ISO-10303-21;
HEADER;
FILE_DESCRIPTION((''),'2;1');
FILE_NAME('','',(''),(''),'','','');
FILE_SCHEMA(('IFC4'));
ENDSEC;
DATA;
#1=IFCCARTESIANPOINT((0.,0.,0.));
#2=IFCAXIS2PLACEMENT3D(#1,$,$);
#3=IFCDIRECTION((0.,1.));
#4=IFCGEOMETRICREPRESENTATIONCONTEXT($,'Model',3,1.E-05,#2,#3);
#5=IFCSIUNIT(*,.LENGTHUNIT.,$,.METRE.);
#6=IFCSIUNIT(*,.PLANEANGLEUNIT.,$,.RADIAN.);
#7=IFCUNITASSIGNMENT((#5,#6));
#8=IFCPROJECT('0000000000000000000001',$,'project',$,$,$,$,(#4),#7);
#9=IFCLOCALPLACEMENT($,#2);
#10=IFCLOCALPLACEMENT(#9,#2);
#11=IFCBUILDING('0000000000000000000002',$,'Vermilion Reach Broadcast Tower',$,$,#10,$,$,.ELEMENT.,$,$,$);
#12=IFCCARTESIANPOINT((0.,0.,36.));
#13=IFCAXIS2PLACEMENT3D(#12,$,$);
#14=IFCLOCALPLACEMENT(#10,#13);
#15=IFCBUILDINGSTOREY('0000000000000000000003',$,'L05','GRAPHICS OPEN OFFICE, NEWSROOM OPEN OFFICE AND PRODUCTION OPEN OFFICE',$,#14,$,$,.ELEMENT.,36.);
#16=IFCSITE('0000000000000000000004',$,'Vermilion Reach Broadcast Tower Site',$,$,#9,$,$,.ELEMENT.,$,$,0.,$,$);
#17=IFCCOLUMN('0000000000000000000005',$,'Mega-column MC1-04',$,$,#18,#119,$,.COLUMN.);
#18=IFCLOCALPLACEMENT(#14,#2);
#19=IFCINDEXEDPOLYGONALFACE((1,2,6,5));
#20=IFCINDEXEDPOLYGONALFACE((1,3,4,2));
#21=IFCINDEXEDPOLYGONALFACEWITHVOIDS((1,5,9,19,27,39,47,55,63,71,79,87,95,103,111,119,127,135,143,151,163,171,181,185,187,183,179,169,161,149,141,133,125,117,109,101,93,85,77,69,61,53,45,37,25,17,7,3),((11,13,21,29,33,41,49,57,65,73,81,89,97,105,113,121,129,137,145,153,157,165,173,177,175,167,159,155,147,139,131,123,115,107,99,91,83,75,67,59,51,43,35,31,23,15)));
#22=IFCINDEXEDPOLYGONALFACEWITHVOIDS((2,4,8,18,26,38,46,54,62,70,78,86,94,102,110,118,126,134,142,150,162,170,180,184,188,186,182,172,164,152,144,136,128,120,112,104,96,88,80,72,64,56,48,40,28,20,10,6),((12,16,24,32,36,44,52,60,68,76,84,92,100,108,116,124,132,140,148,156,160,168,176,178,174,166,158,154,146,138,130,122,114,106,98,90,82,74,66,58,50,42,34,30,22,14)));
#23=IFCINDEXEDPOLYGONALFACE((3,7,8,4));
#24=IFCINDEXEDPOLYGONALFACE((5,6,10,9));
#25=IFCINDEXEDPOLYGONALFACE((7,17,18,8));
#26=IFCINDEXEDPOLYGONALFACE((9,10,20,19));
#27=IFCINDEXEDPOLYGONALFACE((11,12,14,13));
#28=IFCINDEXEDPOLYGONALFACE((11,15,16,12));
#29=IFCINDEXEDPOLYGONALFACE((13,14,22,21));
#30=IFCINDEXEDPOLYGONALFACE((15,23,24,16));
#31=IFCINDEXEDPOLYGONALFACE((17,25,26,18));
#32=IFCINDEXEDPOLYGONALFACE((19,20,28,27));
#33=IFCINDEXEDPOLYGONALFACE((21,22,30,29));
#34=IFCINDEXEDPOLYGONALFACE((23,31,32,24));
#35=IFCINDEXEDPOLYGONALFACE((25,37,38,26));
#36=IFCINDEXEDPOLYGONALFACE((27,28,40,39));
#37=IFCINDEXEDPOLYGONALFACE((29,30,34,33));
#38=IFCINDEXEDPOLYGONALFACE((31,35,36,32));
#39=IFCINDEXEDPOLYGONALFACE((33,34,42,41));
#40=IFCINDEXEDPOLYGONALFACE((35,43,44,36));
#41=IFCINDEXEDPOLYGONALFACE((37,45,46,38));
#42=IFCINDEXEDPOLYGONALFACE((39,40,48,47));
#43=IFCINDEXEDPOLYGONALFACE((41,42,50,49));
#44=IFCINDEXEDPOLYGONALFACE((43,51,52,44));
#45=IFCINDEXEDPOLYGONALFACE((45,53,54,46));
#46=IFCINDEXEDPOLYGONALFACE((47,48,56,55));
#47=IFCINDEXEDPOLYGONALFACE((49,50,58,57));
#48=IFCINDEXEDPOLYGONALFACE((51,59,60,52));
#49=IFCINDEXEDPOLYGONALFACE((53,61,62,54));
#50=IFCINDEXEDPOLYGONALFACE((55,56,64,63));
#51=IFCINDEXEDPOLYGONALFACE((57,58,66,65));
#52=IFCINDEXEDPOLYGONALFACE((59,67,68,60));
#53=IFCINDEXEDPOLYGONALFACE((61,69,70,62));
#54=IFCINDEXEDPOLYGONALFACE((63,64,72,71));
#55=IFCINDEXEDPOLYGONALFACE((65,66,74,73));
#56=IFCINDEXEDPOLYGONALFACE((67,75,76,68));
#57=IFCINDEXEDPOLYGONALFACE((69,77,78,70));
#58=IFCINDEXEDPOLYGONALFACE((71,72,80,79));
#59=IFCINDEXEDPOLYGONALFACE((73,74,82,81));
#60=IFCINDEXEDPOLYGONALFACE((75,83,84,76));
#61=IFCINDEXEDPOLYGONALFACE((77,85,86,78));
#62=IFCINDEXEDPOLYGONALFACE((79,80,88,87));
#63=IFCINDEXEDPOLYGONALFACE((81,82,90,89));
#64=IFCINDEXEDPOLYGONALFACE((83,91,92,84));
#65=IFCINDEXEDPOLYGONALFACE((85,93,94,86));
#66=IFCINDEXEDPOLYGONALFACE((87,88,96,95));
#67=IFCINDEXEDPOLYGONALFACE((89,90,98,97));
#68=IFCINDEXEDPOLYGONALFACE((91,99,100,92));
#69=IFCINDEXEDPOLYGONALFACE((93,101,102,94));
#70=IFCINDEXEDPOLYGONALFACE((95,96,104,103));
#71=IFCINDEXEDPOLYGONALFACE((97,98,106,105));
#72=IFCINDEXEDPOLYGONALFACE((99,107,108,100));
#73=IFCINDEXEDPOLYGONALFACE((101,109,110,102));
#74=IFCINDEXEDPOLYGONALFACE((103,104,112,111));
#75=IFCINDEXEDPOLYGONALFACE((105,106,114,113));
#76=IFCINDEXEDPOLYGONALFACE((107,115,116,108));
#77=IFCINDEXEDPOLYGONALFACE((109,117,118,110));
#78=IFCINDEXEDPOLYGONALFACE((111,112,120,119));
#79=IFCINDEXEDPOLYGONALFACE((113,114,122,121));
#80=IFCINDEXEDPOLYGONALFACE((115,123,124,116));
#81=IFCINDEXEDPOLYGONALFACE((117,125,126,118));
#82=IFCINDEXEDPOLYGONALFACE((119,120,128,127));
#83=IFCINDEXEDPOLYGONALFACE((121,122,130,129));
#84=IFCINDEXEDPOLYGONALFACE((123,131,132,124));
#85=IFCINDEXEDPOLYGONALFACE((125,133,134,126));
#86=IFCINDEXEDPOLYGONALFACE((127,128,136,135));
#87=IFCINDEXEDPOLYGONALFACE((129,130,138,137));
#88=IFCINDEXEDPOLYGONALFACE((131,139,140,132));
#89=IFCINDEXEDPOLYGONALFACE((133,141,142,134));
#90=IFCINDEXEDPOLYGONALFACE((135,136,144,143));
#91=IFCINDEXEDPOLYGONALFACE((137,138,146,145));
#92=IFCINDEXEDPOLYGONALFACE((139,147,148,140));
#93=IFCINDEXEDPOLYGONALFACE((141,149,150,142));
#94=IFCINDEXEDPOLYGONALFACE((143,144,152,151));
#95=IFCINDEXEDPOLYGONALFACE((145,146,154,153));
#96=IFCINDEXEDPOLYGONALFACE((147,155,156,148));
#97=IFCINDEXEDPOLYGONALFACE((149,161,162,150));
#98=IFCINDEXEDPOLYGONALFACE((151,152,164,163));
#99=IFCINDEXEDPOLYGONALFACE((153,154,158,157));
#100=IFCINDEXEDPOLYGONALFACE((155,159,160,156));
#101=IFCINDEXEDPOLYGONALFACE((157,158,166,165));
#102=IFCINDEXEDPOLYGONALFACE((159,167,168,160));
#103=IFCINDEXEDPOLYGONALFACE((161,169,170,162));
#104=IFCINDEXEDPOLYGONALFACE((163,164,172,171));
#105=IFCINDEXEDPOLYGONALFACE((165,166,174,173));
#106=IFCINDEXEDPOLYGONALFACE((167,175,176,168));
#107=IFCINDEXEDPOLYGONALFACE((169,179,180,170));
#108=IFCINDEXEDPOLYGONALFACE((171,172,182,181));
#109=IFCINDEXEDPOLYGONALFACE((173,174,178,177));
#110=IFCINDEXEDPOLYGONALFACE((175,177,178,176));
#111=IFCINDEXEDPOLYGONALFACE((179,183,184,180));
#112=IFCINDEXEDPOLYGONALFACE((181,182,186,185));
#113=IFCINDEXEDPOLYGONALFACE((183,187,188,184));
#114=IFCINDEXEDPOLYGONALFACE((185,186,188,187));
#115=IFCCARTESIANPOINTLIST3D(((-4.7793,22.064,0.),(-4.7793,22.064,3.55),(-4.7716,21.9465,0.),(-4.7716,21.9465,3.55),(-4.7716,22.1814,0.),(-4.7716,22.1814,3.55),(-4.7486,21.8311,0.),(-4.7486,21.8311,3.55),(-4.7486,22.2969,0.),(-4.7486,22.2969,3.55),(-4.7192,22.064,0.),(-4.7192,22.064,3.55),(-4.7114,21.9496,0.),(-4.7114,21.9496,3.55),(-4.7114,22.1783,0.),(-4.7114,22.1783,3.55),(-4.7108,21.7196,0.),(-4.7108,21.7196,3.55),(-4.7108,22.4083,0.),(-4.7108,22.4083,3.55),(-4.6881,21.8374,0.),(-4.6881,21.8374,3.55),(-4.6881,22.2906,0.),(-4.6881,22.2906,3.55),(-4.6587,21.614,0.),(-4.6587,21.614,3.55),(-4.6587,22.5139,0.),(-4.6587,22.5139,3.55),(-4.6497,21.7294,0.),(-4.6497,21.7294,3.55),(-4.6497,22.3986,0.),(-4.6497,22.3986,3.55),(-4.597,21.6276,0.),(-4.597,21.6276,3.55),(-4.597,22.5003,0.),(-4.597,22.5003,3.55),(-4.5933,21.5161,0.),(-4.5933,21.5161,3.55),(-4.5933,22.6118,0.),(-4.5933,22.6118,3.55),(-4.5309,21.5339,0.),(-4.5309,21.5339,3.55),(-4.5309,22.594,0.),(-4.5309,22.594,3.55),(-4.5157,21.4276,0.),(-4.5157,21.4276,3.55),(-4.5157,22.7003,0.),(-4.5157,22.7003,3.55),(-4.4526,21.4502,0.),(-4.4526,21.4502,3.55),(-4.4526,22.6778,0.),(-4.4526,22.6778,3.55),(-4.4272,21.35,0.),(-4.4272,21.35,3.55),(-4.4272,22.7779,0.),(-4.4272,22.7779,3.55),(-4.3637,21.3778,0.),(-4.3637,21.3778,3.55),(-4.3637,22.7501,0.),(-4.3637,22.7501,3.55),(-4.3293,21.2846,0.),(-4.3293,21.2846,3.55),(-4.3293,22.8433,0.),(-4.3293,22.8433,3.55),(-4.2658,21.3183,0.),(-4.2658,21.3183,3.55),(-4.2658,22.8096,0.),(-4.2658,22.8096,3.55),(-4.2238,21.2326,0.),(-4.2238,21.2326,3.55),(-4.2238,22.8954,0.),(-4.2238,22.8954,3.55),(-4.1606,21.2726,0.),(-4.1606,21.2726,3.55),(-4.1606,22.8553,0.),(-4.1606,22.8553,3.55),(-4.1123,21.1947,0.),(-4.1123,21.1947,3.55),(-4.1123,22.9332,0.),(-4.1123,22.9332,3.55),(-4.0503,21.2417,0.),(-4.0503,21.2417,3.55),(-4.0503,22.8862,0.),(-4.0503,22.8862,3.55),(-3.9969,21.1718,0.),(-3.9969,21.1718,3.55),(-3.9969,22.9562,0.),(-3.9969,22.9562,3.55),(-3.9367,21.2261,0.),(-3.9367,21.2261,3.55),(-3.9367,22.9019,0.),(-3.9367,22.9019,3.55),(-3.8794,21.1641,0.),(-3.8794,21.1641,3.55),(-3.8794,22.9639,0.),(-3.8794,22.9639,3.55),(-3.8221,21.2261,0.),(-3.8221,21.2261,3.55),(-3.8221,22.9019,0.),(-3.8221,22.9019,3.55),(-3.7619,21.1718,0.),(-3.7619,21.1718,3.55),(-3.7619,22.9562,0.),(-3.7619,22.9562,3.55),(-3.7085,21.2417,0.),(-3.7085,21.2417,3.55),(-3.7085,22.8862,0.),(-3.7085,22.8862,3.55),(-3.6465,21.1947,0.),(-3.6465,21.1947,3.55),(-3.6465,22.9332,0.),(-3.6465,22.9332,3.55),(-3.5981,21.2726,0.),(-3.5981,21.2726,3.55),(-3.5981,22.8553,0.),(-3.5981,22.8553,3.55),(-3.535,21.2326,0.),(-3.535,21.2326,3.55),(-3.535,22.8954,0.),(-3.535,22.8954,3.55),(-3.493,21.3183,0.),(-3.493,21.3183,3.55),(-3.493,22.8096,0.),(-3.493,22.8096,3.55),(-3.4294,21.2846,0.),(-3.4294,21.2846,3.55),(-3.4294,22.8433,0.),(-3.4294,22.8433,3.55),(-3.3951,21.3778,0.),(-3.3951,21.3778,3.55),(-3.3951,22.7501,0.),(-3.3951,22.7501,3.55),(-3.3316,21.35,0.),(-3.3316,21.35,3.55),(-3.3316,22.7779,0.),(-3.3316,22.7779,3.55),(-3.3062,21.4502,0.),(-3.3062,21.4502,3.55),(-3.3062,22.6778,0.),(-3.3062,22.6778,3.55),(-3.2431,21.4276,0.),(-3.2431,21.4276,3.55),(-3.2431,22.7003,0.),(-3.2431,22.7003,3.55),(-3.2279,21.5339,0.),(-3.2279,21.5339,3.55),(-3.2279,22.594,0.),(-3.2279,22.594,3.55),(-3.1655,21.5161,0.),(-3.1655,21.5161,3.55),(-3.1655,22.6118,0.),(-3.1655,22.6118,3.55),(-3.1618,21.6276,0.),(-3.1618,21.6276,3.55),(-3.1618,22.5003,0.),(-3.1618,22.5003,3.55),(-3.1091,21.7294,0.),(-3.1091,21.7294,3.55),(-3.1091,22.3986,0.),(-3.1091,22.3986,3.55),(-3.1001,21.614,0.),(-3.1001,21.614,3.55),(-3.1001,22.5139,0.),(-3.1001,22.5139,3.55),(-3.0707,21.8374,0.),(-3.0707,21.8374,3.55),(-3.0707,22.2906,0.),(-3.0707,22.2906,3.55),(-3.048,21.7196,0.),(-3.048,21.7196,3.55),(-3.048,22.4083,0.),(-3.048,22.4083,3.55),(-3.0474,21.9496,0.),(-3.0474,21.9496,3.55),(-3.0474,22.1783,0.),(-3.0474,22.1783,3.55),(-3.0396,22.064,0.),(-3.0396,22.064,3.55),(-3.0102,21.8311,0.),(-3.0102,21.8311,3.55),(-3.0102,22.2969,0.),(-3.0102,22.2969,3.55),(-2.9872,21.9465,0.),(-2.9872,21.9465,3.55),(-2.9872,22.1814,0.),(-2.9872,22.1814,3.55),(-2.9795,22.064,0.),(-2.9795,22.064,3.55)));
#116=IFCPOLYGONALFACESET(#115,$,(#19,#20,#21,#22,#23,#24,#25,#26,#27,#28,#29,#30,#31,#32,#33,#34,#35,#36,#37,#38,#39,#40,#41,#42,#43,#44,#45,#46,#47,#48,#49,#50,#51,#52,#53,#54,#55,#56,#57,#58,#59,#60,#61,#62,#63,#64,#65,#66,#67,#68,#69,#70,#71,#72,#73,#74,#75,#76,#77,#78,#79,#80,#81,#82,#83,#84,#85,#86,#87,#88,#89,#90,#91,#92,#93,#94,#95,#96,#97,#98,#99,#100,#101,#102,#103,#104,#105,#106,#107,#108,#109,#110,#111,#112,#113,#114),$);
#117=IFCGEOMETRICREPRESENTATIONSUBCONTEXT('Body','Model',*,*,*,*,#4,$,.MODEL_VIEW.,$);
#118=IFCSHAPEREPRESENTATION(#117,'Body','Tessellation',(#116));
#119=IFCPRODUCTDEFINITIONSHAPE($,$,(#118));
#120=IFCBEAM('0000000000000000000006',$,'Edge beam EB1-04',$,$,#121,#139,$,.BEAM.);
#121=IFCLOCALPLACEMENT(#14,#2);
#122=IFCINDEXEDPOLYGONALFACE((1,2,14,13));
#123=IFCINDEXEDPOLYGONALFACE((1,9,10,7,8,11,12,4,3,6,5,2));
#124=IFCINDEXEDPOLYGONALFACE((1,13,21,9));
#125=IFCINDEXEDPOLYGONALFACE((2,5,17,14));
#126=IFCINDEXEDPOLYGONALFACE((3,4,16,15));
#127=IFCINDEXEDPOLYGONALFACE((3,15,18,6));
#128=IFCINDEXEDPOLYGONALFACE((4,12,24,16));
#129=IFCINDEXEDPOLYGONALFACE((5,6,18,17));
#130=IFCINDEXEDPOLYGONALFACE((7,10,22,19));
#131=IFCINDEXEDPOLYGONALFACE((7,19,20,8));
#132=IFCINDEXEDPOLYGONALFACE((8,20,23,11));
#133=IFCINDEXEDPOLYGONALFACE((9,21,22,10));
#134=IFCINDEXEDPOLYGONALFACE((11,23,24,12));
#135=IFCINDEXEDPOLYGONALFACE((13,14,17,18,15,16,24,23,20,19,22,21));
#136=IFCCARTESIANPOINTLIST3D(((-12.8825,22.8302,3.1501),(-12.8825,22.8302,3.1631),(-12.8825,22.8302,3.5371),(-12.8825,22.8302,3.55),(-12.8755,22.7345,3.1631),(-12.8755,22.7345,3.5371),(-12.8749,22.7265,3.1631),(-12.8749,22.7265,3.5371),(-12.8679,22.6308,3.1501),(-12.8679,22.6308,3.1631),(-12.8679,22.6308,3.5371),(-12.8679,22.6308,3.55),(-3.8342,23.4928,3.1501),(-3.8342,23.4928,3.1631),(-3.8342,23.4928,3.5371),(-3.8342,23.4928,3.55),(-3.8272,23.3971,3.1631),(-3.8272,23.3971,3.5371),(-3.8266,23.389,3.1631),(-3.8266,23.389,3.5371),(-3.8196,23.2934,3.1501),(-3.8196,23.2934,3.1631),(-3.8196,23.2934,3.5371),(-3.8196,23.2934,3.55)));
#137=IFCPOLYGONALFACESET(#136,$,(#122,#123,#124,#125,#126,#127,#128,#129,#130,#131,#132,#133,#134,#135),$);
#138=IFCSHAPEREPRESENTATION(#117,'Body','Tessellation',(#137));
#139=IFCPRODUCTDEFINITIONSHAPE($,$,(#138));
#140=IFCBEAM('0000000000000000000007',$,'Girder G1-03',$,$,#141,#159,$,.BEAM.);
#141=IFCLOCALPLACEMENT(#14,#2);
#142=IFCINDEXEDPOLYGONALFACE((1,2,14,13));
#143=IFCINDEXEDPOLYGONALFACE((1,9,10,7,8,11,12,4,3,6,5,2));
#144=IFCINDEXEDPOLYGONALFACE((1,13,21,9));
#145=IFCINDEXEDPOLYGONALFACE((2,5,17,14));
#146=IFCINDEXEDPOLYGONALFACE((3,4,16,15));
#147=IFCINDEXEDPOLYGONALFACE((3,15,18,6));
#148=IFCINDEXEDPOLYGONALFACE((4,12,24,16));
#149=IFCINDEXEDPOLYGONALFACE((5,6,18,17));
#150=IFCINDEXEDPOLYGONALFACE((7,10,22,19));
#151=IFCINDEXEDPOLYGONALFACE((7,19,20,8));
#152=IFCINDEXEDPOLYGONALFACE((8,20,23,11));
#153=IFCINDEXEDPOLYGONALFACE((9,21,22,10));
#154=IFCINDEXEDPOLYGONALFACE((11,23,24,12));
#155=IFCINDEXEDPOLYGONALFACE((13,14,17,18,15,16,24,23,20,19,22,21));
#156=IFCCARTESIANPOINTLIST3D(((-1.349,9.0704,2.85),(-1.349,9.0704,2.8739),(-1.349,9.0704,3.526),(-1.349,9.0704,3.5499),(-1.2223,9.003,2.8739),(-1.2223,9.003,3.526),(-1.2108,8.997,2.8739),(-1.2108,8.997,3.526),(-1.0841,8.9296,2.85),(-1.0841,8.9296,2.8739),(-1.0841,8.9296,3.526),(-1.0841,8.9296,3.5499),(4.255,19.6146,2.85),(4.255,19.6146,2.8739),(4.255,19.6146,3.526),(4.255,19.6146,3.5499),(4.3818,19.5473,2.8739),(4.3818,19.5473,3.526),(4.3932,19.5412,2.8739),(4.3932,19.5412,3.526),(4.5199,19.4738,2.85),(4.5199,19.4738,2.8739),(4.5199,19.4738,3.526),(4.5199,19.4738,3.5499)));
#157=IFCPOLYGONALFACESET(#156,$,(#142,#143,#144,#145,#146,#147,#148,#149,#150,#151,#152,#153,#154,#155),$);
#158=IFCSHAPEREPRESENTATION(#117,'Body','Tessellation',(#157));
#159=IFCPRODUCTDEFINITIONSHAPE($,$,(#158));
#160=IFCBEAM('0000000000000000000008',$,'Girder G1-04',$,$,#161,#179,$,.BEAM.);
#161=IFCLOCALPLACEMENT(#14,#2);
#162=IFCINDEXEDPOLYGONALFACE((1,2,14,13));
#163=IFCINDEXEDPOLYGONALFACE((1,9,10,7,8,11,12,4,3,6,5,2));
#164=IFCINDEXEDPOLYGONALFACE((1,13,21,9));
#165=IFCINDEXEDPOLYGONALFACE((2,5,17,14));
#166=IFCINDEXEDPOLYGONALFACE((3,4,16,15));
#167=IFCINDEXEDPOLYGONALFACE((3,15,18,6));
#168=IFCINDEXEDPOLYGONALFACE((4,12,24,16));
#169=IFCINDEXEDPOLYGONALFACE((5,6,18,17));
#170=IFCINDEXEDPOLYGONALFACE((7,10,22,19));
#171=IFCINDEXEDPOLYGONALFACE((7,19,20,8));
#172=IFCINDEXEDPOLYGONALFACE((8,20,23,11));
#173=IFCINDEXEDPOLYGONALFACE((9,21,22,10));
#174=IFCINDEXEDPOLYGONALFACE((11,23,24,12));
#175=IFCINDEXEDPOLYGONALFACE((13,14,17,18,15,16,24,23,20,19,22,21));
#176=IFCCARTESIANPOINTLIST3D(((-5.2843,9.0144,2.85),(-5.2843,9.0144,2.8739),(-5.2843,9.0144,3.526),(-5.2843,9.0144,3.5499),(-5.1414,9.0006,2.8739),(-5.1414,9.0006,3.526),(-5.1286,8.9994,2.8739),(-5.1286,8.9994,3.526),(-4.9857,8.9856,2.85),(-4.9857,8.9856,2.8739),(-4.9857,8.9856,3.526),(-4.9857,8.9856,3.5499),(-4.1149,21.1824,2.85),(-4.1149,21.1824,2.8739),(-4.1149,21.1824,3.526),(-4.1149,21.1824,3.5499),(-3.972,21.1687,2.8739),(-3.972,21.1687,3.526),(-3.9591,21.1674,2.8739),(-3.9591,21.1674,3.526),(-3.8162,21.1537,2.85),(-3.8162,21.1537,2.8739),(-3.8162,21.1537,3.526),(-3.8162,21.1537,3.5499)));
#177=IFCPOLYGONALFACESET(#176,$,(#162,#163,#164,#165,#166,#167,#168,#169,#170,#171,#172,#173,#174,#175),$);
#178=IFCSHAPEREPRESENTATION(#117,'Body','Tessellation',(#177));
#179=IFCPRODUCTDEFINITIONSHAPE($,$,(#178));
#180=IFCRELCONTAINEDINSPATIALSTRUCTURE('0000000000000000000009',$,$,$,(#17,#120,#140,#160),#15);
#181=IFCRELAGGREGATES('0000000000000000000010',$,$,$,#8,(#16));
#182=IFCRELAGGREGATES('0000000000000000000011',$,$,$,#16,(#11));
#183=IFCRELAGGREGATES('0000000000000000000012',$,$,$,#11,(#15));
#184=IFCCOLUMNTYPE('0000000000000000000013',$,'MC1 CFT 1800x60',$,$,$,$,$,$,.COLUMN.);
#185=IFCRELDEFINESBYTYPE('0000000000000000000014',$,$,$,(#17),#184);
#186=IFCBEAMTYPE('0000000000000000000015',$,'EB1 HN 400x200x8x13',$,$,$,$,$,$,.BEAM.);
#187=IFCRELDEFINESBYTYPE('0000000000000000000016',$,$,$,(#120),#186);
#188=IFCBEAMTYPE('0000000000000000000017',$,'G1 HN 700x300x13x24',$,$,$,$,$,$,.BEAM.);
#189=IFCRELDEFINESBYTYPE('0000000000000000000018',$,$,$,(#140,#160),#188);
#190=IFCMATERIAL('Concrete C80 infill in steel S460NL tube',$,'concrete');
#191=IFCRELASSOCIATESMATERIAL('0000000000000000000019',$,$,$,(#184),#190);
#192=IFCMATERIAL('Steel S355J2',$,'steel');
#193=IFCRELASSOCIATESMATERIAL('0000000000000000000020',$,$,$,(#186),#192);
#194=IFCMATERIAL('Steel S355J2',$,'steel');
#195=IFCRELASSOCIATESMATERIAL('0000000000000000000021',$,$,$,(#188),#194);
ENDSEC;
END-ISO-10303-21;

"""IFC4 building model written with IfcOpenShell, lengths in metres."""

from ifc_helpers import new_model, si_unit, direction, frame, origin, origin_2d, place, context, subcontext, project, spatial, hollow_circle, i_section, extrude, material, material_profile, profile_set, type_object, element, save


model = new_model("IFC4")

# Units and contexts
model_context = context("Model", 3, precision=1e-05, world=origin(), true_north=direction((0.0, 1.0)))
body_context = subcontext(model_context, "Body", "Model", "MODEL_VIEW")
ifc_project = project(units=[si_unit("LENGTHUNIT", "METRE"), si_unit("PLANEANGLEUNIT", "RADIAN")], contexts=[model_context])

# Site, building, storey
site_placement = place(None, origin())
site = spatial("IfcSite", under=ifc_project, at=site_placement, Name="Vermilion Reach Broadcast Tower Site", CompositionType="ELEMENT", RefElevation=0.0)
building_placement = place(site_placement, origin())
building = spatial("IfcBuilding", under=site, at=building_placement, Name="Vermilion Reach Broadcast Tower", CompositionType="ELEMENT")
storey_placement = place(building_placement, frame((0.0, 0.0, 36.0)))
storey = spatial("IfcBuildingStorey", under=building, at=storey_placement, Name="L05", Description="GRAPHICS OPEN OFFICE, NEWSROOM OPEN OFFICE AND PRODUCTION OPEN OFFICE", CompositionType="ELEMENT", Elevation=36.0)

# Column
ifc_material_1 = material(Name="Concrete C80 infill in steel S460NL tube", Category="concrete")
ifc_material_profile_1 = material_profile(ifc_material_1, hollow_circle(Radius=0.8999, WallThickness=0.0601, at=origin_2d()), Name="Concrete C80 infill in steel S460NL tube CFT 1800x60")
ifc_profile_set_1 = profile_set([ifc_material_profile_1], Name="Concrete C80 infill in steel S460NL tube")
column_type = type_object("IfcColumnType", Name="MC1 CFT 1800x60", PredefinedType="COLUMN", material=ifc_profile_set_1)
column_placement = place(storey_placement, frame((-3.8794, 22.064, 0.0), z_axis=(0.0, 0.0, 1.0), x_axis=(1.0, 0.0, 0.0)))
element("IfcColumn", 1, at=column_placement, inside=storey, type_object=column_type, Name="Mega-column MC1-04", PredefinedType="COLUMN", context=body_context, shape_type="SweptSolid", body=[
    extrude(hollow_circle(Radius=0.8999, WallThickness=0.0601, at=origin_2d()), origin(), (0.0, 0.0, 1.0), 3.55),
])

# Beams
ifc_material_2 = material(Name="Steel S355J2", Category="steel")
ifc_material_profile_2 = material_profile(ifc_material_2, i_section(OverallWidth=0.2, OverallDepth=0.3999, WebThickness=0.0081, FlangeThickness=0.0129, at=origin_2d()), Name="S355J2 HN 400x200x8x13")
ifc_profile_set_2 = profile_set([ifc_material_profile_2], Name="Steel S355J2")
beam_type_1 = type_object("IfcBeamType", Name="EB1 HN 400x200x8x13", PredefinedType="BEAM", material=ifc_profile_set_2)
beam_1_placement = place(storey_placement, frame((-3.8269, 23.3931, 3.3501), z_axis=(-0.99733, -0.073033, 0.0), x_axis=(0.073033, -0.99733, 0.0)))
element("IfcBeam", 2, at=beam_1_placement, inside=storey, type_object=beam_type_1, Name="Edge beam EB1-04", PredefinedType="BEAM", context=body_context, shape_type="SweptSolid", body=[
    extrude(i_section(OverallWidth=0.2, OverallDepth=0.3999, WebThickness=0.0081, FlangeThickness=0.0129, at=origin_2d()), origin(), (0.0, 0.0, 1.0), 9.0725),
])
ifc_material_3 = material(Name="Steel S355J2", Category="steel")
ifc_material_profile_3 = material_profile(ifc_material_3, i_section(OverallWidth=0.3, OverallDepth=0.7, WebThickness=0.0129, FlangeThickness=0.0239, at=origin_2d()), Name="S355J2 HN 700x300x13x24")
ifc_profile_set_3 = profile_set([ifc_material_profile_3], Name="Steel S355J2")
beam_type_2 = type_object("IfcBeamType", Name="G1 HN 700x300x13x24", PredefinedType="BEAM", material=ifc_profile_set_3)
beam_2_placement = place(storey_placement, frame((-1.2166, 9.0, 3.2), z_axis=(0.469312, 0.883032, 0.0), x_axis=(-0.883032, 0.469312, 0.0)))
element("IfcBeam", 3, at=beam_2_placement, inside=storey, type_object=beam_type_2, Name="Girder G1-03", PredefinedType="BEAM", context=body_context, shape_type="SweptSolid", body=[
    extrude(i_section(OverallWidth=0.3, OverallDepth=0.7, WebThickness=0.0129, FlangeThickness=0.0239, at=origin_2d()), origin(), (0.0, 0.0, 1.0), 11.9409),
])
beam_3_placement = place(storey_placement, frame((-5.135, 9.0, 3.2), z_axis=(0.095667, 0.995413, 0.0), x_axis=(-0.995413, 0.095667, 0.0)))
element("IfcBeam", 4, at=beam_3_placement, inside=storey, type_object=beam_type_2, Name="Girder G1-04", PredefinedType="BEAM", context=body_context, shape_type="SweptSolid", body=[
    extrude(i_section(OverallWidth=0.3, OverallDepth=0.7, WebThickness=0.0129, FlangeThickness=0.0239, at=origin_2d()), origin(), (0.0, 0.0, 1.0), 12.2241),
])

save(model, "model.ifc")
